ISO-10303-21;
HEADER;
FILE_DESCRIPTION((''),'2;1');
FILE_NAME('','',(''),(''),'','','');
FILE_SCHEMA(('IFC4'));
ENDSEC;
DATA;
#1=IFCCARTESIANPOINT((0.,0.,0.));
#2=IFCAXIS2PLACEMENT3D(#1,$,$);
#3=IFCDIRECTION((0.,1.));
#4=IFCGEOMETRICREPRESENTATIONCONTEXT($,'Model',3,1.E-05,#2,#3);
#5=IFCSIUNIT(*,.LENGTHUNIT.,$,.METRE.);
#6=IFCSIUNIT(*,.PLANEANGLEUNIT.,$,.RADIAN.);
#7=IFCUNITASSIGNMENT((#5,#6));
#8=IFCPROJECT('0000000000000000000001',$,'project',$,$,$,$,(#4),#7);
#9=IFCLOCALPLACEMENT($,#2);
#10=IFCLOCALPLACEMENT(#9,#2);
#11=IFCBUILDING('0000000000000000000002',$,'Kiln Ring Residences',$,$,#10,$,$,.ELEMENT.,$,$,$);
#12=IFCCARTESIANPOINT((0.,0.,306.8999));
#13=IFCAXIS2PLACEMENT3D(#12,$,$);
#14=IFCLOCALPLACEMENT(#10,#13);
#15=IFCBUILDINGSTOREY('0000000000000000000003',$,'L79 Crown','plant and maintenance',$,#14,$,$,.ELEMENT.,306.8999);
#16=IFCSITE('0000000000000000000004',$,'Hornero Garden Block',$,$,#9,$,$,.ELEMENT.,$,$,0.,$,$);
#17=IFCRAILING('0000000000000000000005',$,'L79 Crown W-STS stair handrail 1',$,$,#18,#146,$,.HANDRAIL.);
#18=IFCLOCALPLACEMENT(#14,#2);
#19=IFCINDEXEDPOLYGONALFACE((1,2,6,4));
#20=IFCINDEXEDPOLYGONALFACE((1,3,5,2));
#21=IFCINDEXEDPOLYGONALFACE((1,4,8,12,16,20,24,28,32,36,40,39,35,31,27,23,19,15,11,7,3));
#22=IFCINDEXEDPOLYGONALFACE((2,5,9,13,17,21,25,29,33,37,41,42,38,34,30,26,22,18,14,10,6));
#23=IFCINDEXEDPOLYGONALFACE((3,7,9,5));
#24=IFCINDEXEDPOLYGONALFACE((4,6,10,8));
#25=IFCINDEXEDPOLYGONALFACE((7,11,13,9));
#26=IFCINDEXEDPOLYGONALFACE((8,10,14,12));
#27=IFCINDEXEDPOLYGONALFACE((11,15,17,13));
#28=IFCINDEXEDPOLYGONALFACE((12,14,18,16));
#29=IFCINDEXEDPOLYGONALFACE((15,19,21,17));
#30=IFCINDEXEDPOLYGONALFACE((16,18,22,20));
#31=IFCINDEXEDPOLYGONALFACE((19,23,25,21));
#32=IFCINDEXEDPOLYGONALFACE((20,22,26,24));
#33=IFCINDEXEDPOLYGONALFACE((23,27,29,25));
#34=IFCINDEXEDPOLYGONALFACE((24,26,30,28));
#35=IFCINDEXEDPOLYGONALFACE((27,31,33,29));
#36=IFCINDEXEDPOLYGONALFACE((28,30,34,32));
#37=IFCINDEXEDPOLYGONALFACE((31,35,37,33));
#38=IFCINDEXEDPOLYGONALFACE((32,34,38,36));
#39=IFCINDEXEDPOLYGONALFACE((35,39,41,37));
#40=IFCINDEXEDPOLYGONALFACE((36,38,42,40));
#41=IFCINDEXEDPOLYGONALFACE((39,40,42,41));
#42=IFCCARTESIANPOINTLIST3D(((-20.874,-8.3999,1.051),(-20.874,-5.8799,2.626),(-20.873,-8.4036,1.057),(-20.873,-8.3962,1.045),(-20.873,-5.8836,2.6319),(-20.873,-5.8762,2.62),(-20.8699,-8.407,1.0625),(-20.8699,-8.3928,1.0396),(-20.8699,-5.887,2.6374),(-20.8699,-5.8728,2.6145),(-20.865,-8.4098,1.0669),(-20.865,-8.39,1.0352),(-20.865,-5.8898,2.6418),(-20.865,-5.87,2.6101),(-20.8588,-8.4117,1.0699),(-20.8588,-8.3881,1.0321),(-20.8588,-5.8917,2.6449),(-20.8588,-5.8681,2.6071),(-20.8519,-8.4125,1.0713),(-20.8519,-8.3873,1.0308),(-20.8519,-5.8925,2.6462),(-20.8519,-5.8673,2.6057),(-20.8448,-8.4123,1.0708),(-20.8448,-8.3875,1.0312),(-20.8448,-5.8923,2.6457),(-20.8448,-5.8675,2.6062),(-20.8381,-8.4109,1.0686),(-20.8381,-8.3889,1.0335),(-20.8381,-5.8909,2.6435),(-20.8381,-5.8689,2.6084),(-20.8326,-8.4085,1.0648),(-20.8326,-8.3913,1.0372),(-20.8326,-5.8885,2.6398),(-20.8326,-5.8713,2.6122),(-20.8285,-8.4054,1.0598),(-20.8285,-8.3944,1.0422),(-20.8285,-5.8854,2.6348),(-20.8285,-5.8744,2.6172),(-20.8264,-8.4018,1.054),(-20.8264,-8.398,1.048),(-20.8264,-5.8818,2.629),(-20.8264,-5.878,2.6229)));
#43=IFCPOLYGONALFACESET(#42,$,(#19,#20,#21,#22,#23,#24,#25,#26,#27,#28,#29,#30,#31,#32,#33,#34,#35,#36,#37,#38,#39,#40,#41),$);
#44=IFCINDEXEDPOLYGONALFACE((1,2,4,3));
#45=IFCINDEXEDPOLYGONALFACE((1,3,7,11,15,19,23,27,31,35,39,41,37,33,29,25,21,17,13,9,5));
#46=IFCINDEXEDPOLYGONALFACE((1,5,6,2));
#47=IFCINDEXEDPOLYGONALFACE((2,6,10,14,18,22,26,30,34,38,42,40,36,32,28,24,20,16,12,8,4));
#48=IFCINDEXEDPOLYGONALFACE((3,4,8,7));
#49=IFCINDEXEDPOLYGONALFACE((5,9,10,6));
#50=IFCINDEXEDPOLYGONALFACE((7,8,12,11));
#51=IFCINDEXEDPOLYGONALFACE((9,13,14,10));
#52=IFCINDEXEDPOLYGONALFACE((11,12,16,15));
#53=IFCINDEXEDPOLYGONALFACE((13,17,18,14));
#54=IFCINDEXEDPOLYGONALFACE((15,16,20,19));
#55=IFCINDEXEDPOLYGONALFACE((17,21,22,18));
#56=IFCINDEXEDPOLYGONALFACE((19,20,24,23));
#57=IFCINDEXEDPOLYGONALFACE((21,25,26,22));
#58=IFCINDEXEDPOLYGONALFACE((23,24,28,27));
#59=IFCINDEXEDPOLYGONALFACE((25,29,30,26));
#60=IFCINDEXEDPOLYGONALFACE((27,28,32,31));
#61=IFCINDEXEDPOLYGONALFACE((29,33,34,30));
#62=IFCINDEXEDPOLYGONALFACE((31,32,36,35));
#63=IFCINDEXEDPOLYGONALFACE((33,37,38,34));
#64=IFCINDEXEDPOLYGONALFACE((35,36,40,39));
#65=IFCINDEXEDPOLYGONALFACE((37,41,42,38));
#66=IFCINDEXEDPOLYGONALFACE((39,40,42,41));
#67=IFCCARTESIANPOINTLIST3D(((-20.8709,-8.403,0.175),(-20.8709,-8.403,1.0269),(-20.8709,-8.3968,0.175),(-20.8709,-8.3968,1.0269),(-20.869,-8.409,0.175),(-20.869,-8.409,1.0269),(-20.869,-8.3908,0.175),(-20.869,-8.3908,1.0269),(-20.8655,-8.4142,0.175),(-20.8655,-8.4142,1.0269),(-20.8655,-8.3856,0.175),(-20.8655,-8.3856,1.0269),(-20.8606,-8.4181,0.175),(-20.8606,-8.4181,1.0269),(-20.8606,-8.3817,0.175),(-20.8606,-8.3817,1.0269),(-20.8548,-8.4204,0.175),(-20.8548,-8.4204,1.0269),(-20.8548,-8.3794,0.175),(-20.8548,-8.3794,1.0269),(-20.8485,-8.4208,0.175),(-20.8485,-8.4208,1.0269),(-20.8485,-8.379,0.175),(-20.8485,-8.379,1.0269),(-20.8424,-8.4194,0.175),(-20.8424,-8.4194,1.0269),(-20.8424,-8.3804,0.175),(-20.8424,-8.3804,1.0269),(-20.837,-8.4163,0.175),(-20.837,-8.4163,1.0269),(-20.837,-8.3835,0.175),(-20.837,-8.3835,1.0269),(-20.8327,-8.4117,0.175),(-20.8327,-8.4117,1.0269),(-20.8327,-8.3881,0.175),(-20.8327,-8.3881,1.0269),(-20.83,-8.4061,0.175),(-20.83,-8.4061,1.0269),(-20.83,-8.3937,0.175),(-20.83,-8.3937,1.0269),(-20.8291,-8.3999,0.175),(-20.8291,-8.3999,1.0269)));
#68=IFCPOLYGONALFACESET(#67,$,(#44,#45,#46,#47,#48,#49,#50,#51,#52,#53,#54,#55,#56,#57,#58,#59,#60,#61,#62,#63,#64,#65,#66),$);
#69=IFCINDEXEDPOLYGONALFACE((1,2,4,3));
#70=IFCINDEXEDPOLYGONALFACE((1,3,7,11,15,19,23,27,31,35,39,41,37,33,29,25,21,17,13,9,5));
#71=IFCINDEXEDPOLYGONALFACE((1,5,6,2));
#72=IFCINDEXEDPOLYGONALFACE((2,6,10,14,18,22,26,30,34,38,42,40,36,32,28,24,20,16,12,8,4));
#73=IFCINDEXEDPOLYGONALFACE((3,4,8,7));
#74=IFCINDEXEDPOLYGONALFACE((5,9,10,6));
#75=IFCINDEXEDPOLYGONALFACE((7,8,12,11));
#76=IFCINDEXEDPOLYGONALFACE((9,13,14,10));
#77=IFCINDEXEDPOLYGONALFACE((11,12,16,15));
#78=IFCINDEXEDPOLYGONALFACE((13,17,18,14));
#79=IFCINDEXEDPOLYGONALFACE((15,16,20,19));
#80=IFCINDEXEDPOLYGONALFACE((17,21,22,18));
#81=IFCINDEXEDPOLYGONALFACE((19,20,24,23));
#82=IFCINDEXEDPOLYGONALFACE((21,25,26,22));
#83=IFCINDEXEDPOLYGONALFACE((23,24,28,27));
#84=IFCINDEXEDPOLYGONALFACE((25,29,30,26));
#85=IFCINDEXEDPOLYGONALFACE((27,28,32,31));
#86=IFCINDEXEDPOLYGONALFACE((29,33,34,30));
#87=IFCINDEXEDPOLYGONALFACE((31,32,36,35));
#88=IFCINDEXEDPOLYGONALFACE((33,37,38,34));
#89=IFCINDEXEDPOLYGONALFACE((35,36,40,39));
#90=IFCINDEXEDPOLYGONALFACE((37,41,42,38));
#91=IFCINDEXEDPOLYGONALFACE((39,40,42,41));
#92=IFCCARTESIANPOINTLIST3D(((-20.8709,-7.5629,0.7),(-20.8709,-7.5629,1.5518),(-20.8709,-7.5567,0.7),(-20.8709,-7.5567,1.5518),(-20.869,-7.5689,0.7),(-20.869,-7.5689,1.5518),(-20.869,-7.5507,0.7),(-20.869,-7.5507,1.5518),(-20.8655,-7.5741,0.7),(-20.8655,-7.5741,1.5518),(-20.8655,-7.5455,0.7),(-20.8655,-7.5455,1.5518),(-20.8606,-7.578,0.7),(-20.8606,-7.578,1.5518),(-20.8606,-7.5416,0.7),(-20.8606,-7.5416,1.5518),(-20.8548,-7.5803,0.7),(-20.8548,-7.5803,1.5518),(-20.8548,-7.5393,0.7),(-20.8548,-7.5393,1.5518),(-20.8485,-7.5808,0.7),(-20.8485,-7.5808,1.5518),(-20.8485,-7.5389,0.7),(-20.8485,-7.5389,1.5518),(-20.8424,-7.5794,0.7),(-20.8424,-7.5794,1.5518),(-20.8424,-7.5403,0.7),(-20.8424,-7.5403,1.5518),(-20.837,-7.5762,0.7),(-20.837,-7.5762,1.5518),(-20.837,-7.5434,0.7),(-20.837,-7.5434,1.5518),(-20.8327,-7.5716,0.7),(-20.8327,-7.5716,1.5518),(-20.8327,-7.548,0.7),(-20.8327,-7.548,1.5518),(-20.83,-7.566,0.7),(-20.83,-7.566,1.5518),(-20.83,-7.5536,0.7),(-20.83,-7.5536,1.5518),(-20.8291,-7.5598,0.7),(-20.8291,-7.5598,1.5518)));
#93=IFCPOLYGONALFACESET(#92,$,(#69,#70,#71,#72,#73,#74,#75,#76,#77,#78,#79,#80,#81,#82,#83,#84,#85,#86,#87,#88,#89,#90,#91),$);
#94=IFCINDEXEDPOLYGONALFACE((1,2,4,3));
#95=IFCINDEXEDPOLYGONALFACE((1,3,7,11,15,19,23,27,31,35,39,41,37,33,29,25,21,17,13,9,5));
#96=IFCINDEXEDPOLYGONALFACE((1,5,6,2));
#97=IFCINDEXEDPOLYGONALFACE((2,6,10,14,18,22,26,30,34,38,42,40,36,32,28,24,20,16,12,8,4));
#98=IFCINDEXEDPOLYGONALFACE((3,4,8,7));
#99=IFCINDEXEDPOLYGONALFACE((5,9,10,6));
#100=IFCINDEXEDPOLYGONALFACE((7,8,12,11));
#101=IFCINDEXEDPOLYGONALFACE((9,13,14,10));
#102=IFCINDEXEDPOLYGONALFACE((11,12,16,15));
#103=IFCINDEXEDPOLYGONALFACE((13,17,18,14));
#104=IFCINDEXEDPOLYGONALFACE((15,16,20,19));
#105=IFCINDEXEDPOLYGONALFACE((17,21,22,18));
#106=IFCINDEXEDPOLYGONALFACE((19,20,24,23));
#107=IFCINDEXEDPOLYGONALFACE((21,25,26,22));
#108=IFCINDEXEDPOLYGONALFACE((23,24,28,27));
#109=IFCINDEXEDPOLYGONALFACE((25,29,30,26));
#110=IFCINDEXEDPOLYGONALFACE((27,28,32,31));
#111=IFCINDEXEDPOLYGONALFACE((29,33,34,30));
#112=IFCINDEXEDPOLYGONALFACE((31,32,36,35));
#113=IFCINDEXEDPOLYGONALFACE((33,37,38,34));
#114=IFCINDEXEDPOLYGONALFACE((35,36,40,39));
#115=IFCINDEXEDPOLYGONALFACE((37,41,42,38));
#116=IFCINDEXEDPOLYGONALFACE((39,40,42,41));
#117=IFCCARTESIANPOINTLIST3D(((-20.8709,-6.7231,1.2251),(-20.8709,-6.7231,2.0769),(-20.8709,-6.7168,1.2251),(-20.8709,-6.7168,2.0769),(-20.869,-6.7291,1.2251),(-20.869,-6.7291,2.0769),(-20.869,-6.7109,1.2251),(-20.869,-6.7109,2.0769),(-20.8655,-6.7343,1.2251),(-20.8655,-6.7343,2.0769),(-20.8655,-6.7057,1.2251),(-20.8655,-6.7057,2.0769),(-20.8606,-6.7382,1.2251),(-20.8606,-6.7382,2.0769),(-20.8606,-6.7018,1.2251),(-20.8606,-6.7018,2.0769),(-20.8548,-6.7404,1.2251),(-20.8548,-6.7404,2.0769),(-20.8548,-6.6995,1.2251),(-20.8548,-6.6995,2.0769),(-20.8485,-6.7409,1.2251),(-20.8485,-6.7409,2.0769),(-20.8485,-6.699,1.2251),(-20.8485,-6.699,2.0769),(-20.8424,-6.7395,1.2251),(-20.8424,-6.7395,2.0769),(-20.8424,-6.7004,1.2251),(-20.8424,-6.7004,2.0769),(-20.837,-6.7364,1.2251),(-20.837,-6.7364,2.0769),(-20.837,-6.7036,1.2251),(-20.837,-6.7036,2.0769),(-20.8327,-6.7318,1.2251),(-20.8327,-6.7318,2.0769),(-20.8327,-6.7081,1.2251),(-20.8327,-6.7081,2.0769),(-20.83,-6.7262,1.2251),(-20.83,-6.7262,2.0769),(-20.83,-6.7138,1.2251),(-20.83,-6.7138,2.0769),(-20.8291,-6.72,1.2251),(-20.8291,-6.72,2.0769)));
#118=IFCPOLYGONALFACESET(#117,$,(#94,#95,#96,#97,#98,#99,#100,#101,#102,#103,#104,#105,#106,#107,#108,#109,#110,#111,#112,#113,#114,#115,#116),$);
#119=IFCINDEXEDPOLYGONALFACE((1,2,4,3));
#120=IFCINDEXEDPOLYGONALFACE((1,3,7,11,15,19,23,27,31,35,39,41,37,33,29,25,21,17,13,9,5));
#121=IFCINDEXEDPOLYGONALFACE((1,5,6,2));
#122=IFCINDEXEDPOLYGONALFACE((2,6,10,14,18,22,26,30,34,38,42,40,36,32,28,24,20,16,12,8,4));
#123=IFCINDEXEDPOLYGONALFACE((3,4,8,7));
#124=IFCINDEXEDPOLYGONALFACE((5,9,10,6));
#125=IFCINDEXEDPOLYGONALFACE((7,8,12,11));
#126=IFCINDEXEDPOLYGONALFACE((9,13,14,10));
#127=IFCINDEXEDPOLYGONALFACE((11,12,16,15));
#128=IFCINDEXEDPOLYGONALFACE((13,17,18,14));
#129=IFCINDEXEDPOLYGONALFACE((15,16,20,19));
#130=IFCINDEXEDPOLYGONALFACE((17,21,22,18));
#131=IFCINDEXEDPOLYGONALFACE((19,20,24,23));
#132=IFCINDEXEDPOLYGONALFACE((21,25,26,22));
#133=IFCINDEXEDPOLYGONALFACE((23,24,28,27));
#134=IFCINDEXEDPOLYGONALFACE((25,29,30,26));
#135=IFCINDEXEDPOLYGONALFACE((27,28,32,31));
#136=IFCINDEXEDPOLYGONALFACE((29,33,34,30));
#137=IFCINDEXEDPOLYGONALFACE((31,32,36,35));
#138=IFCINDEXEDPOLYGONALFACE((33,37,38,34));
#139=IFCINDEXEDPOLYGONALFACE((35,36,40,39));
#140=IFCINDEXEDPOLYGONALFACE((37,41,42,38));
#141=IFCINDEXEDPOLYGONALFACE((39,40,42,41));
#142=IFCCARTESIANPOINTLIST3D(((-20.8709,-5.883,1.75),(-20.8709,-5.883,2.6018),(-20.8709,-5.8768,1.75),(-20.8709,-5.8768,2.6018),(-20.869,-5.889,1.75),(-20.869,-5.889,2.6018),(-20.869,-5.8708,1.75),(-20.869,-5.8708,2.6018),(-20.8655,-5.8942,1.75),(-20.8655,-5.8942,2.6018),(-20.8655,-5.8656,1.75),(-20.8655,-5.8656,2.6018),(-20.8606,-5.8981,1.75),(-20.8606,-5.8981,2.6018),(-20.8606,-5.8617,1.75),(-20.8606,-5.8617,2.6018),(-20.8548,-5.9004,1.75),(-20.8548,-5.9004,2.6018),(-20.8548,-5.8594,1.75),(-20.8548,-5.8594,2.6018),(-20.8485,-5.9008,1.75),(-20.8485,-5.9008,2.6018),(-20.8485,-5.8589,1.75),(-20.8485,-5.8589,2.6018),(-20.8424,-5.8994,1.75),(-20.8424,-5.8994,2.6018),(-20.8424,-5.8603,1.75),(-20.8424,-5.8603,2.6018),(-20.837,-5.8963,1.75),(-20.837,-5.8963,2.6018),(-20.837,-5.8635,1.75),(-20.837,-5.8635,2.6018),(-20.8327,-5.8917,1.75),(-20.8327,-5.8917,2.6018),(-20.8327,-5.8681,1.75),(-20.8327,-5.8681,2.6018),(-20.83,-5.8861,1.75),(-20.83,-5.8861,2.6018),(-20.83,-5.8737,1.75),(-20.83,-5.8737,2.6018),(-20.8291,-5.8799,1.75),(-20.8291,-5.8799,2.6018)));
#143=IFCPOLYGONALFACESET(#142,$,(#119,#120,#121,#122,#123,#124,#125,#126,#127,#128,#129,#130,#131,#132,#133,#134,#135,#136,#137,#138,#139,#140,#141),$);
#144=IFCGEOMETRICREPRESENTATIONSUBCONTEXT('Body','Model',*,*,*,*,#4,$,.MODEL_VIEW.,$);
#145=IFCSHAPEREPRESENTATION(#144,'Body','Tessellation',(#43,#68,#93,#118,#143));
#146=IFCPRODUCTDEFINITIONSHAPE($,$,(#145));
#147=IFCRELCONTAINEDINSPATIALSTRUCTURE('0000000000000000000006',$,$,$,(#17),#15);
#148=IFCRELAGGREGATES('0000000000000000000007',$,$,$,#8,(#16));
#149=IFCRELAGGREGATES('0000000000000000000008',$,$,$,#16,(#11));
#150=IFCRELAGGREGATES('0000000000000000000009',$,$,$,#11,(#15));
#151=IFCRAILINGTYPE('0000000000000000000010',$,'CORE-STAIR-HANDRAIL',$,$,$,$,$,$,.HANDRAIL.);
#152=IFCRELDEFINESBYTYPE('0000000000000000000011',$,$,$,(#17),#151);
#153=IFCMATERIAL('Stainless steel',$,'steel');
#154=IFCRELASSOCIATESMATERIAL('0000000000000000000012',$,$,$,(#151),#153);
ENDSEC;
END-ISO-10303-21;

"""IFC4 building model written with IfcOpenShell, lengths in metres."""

from ifc_helpers import new_model, si_unit, direction, frame, origin, origin_2d, place, context, subcontext, project, spatial, circle, extrude, material, type_object, element, save


model = new_model("IFC4")

# Units and contexts
model_context = context("Model", 3, precision=1e-05, world=origin(), true_north=direction((0.0, 1.0)))
body_context = subcontext(model_context, "Body", "Model", "MODEL_VIEW")
ifc_project = project(units=[si_unit("LENGTHUNIT", "METRE"), si_unit("PLANEANGLEUNIT", "RADIAN")], contexts=[model_context])

# Site, building, storey
site_placement = place(None, origin())
site = spatial("IfcSite", under=ifc_project, at=site_placement, Name="Hornero Garden Block", CompositionType="ELEMENT", RefElevation=0.0)
building_placement = place(site_placement, origin())
building = spatial("IfcBuilding", under=site, at=building_placement, Name="Kiln Ring Residences", CompositionType="ELEMENT")
storey_placement = place(building_placement, frame((0.0, 0.0, 306.8999)))
storey = spatial("IfcBuildingStorey", under=building, at=storey_placement, Name="L79 Crown", Description="plant and maintenance", CompositionType="ELEMENT", Elevation=306.8999)

# Railing
ifc_material_1 = material(Name="Stainless steel", Category="steel")
railing_type_1 = type_object("IfcRailingType", Name="CORE-STAIR-HANDRAIL", PredefinedType="HANDRAIL", material=ifc_material_1)
railing_1_placement = place(storey_placement, frame((-20.8501, -8.3999, 0.175)))
element("IfcRailing", 1, at=railing_1_placement, inside=storey, type_object=railing_type_1, Name="L79 Crown W-STS stair handrail 1", PredefinedType="HANDRAIL", context=body_context, shape_type="SweptSolid", body=[
    extrude(circle(Radius=0.0239, at=origin_2d()), frame((0.0, 0.0, 0.876), z_axis=(0.0, 0.848008, 0.529984), x_axis=(-1.0, 0.0, 0.0)), (0.0, 0.0, 1.0), 2.9717),
    extrude(circle(Radius=0.021, at=origin_2d()), origin(), (0.0, 0.0, 1.0), 0.8518),
    extrude(circle(Radius=0.021, at=origin_2d()), frame((0.0, 0.8401, 0.5249)), (0.0, 0.0, 1.0), 0.8518),
    extrude(circle(Radius=0.021, at=origin_2d()), frame((0.0, 1.6799, 1.05)), (0.0, 0.0, 1.0), 0.8518),
    extrude(circle(Radius=0.021, at=origin_2d()), frame((0.0, 2.52, 1.575)), (0.0, 0.0, 1.0), 0.8518),
])

save(model, "model.ifc")
